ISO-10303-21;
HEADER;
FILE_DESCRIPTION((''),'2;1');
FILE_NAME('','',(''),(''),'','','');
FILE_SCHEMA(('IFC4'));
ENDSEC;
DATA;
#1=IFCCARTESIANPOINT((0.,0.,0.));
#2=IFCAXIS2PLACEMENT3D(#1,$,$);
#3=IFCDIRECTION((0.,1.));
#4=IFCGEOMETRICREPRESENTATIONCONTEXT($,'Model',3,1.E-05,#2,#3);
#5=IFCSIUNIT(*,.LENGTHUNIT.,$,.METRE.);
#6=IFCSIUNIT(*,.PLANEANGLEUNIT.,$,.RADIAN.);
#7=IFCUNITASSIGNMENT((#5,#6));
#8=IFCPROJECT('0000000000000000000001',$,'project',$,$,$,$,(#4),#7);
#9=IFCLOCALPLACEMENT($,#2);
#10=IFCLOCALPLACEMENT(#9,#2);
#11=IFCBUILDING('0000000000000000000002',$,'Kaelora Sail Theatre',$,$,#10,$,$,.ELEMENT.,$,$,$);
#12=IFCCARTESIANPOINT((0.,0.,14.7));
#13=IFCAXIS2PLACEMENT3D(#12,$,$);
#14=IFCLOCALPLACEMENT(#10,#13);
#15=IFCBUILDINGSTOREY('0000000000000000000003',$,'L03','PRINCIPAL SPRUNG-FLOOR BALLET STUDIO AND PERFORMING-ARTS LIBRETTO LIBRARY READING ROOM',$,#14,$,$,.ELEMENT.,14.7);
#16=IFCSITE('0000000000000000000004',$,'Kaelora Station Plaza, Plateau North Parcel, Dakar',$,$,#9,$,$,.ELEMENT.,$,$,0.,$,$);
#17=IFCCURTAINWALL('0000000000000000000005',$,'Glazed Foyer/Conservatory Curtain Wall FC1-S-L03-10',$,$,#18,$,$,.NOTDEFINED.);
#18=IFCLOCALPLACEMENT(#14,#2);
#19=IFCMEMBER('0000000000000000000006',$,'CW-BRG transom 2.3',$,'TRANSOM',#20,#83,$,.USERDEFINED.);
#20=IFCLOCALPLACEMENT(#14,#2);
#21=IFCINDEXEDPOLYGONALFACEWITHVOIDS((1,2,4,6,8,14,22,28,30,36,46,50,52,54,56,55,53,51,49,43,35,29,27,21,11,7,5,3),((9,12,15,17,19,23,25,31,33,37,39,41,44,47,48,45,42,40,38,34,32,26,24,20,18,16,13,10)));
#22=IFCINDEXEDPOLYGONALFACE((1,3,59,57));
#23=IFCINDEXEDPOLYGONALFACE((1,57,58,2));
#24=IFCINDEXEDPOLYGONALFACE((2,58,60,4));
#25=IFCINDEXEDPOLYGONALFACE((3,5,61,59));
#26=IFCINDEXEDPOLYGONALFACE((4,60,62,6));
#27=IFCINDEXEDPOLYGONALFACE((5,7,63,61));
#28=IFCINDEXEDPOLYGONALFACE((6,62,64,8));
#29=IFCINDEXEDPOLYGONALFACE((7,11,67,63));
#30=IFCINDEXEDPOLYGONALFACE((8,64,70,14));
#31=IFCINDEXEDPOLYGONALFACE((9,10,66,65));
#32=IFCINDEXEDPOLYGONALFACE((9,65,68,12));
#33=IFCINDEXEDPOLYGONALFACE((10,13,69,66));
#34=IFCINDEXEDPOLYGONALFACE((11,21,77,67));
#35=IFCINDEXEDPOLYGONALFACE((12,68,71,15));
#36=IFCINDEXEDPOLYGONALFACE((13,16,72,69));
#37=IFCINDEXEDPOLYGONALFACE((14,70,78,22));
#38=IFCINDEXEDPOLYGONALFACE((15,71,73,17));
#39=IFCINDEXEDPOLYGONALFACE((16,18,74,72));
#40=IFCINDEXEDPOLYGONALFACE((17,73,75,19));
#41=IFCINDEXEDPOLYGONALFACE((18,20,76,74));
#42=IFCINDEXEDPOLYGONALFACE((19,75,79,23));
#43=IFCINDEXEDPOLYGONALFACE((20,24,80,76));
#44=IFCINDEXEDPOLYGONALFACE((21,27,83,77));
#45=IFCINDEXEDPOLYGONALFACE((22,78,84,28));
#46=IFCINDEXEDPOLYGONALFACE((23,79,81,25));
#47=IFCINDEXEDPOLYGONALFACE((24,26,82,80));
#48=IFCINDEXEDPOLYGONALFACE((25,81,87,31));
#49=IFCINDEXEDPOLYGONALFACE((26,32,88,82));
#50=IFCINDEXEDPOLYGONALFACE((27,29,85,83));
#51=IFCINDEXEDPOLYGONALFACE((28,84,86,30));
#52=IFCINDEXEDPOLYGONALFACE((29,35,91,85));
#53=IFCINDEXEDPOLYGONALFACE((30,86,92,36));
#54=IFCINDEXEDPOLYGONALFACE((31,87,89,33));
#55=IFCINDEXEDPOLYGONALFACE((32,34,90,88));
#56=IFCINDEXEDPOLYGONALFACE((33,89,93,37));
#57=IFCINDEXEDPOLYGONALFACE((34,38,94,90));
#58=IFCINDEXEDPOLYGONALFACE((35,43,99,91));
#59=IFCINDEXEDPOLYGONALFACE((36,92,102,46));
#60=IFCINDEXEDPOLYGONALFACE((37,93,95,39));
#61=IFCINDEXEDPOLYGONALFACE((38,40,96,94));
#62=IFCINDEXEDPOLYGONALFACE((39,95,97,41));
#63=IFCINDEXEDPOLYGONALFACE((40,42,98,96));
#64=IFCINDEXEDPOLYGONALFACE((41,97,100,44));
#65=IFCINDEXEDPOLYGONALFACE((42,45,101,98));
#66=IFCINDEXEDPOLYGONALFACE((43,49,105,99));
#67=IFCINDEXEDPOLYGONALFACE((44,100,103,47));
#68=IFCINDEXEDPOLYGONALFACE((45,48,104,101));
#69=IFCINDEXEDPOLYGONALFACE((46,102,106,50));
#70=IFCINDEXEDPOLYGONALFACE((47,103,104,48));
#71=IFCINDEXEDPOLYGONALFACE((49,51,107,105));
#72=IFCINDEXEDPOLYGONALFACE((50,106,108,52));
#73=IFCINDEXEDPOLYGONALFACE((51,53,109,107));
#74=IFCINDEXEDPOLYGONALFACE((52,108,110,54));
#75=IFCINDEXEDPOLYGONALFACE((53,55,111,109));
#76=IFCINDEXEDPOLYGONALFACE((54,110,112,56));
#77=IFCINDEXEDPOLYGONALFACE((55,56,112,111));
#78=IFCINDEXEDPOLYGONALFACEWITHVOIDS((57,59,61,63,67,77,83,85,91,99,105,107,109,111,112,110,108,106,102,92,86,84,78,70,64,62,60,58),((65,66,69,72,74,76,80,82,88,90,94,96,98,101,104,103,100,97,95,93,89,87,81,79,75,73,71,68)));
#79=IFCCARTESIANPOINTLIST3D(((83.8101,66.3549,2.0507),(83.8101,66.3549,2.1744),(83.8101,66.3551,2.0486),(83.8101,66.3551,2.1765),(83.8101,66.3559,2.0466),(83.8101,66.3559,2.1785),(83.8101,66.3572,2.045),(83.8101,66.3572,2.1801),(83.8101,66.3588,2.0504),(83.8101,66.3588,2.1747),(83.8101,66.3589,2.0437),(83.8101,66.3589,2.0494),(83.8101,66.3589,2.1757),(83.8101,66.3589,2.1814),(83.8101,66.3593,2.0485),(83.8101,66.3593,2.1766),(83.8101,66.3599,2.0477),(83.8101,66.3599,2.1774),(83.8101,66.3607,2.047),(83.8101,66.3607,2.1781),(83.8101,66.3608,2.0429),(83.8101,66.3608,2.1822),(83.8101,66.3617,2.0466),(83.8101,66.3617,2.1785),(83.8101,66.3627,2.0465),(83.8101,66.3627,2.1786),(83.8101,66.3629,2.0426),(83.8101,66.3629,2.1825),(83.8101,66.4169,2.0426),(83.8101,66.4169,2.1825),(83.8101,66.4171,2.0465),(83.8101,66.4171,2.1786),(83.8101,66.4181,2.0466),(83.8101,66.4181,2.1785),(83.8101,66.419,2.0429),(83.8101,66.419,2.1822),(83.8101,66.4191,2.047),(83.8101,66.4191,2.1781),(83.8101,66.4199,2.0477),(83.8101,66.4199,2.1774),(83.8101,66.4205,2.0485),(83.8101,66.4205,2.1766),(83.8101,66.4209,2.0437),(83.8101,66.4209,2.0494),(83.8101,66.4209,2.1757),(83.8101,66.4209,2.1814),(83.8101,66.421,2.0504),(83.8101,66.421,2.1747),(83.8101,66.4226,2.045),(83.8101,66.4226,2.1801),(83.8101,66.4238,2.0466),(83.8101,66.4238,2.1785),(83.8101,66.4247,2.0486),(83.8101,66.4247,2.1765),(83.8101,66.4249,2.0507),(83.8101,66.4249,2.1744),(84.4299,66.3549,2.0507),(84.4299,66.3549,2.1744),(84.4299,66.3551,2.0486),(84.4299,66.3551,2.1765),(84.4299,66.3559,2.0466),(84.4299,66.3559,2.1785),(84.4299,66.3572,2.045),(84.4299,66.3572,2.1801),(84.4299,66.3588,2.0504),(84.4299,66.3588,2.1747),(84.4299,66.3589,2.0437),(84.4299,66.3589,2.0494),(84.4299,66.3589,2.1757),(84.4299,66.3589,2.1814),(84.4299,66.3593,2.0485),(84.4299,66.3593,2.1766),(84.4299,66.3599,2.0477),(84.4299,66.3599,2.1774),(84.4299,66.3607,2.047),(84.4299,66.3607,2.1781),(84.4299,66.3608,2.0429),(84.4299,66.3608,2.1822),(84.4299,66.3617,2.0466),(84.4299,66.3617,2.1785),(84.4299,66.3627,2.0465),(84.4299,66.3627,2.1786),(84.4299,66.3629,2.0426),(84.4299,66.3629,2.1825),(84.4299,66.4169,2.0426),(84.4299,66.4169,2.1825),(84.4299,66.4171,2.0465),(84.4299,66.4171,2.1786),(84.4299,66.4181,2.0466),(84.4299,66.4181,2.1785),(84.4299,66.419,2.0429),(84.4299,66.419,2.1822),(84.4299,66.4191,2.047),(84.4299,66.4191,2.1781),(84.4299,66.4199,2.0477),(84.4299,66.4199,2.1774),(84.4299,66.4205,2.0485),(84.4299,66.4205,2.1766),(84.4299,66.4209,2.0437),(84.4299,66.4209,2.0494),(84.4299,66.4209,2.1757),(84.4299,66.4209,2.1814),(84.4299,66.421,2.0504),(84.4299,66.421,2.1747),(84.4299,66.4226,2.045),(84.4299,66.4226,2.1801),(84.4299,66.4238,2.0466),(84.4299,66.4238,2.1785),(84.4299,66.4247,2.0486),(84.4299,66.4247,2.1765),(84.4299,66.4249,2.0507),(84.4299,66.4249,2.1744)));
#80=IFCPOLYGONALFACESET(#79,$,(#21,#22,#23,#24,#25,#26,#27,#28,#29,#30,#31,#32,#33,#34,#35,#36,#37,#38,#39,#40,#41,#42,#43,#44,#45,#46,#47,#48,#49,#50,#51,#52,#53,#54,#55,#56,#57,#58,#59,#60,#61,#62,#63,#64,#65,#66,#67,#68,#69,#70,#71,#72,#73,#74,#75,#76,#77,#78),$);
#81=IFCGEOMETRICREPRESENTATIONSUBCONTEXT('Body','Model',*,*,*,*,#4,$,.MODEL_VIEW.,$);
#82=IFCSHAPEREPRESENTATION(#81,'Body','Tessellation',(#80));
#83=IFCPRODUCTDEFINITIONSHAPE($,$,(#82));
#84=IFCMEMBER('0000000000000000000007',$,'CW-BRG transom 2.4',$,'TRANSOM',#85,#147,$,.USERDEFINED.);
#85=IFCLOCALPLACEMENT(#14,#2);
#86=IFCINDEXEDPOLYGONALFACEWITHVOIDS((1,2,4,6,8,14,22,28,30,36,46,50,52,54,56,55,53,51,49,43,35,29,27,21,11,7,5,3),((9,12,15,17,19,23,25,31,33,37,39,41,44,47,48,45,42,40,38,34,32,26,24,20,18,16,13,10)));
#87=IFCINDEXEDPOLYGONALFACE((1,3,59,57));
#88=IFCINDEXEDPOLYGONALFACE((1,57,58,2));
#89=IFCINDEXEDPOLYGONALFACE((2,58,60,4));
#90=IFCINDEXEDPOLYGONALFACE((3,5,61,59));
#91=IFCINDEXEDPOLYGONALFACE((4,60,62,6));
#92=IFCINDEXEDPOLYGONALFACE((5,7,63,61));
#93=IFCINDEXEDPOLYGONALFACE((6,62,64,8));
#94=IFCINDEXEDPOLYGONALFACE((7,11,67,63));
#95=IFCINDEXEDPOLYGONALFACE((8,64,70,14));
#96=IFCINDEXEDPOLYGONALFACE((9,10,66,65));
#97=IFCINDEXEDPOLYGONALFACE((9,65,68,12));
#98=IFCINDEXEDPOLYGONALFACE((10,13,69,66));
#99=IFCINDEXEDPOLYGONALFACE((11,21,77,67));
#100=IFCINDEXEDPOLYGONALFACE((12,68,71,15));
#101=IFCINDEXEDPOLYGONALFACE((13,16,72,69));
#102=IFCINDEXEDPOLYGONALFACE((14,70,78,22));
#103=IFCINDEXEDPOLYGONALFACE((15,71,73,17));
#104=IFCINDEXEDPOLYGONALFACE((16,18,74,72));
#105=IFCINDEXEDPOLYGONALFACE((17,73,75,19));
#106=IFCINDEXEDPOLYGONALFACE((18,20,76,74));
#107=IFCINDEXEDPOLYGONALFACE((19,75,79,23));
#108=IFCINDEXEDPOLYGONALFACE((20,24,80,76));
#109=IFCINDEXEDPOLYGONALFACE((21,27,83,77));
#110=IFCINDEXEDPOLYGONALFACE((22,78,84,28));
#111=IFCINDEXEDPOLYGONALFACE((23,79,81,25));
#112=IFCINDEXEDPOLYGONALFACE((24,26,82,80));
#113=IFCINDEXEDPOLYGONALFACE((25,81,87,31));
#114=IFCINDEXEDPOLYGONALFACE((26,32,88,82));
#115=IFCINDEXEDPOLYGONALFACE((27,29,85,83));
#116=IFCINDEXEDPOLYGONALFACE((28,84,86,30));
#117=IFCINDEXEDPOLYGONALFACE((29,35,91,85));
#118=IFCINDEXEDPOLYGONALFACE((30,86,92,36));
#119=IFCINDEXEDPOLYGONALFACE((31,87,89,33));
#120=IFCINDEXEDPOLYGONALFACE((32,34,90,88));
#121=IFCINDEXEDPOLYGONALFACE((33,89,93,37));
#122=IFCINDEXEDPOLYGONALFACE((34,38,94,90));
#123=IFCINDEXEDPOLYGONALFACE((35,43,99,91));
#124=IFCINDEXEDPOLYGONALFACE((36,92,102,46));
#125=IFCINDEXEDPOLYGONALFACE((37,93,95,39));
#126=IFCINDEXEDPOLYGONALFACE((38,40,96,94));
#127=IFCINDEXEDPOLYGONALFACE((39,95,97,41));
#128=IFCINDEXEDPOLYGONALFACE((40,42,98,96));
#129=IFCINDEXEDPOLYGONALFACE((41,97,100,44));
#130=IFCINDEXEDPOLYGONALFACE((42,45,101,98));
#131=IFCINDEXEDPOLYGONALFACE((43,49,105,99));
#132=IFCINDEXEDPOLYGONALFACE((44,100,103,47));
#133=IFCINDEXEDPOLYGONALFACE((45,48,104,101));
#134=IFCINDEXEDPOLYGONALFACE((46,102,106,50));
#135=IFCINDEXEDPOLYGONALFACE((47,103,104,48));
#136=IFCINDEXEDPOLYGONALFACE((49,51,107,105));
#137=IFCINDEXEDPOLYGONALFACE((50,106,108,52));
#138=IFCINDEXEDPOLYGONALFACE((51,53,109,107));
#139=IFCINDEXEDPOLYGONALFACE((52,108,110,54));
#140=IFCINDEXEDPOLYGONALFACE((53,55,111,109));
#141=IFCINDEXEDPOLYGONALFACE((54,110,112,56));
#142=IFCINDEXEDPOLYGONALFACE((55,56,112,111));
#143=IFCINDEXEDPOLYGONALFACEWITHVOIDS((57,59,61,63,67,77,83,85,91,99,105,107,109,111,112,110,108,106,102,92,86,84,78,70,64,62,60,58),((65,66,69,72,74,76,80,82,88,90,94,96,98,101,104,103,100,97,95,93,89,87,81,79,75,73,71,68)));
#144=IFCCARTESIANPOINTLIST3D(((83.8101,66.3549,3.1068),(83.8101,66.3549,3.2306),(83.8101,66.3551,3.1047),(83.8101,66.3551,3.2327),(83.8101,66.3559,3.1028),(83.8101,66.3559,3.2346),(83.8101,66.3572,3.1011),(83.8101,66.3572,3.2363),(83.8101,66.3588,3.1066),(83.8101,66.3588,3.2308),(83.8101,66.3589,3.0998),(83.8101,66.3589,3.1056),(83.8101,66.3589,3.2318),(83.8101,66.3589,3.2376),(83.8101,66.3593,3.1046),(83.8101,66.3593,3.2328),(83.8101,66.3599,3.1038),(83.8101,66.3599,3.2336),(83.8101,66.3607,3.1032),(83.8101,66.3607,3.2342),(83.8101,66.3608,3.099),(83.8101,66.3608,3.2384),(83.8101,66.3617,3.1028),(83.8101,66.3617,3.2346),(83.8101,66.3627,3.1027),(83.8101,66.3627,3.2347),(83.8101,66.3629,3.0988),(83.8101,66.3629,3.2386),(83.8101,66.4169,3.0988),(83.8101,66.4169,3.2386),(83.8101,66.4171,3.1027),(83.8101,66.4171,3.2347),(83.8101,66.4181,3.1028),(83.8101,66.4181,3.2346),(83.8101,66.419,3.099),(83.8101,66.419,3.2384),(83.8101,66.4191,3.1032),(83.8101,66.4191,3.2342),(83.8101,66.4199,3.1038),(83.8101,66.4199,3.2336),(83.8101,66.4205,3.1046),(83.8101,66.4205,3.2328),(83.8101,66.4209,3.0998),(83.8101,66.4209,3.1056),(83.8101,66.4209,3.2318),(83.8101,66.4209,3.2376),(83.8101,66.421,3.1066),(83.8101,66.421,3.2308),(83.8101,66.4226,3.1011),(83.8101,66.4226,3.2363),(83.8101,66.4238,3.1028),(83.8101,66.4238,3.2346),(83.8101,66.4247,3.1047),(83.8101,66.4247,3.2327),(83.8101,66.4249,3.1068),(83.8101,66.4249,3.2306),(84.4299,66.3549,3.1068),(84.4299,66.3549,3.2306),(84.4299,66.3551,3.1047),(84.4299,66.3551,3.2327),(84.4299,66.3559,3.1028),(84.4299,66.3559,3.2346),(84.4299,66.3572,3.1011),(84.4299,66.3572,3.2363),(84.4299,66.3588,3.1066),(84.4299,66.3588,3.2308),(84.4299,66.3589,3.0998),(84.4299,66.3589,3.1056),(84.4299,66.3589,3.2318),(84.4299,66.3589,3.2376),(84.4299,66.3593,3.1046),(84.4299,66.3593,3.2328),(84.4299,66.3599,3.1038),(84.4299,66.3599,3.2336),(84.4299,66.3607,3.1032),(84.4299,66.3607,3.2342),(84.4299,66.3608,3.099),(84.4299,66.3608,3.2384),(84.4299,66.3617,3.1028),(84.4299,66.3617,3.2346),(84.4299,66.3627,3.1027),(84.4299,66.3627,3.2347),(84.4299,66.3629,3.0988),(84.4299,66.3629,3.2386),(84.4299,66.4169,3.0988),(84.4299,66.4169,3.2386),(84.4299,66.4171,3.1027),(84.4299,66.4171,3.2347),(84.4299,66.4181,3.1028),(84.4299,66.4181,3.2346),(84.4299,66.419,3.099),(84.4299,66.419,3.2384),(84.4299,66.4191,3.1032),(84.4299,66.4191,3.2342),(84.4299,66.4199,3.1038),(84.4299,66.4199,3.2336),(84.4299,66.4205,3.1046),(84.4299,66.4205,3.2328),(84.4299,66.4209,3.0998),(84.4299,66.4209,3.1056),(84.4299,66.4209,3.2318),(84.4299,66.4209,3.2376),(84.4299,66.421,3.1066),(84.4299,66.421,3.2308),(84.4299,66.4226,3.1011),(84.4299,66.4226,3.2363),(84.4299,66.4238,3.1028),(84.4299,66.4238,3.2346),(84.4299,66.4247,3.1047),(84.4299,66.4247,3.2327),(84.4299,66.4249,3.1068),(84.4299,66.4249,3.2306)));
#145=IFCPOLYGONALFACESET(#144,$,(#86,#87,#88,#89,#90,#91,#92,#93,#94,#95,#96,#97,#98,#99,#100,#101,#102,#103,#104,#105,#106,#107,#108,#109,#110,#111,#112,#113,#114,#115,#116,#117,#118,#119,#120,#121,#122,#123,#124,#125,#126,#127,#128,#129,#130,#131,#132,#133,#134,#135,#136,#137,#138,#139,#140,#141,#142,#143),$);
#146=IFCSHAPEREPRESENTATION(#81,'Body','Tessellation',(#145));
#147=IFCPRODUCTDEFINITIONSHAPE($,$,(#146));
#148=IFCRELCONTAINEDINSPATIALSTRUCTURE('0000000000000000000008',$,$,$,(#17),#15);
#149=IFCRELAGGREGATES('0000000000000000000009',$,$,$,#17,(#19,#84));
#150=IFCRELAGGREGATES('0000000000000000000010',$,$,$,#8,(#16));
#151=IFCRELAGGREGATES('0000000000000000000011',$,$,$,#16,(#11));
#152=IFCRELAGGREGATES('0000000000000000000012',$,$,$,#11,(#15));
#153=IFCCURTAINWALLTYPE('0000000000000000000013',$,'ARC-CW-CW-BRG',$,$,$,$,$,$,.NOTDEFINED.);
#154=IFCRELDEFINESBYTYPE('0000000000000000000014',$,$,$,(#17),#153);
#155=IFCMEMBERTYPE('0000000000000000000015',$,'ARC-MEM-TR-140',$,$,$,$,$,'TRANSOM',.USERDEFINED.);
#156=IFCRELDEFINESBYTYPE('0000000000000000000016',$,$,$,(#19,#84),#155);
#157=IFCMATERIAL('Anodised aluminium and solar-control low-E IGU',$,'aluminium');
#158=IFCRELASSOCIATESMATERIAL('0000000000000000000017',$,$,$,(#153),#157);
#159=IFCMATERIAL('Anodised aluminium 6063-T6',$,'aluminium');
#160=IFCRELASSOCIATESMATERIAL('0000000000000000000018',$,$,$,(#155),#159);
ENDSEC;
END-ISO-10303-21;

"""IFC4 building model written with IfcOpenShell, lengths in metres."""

from ifc_helpers import new_model, si_unit, direction, frame, origin, origin_2d, place, context, subcontext, project, spatial, hollow_rectangle, extrude, material, material_profile, profile_set, type_object, element, aggregate, save


model = new_model("IFC4")

# Units and contexts
model_context = context("Model", 3, precision=1e-05, world=origin(), true_north=direction((0.0, 1.0)))
body_context = subcontext(model_context, "Body", "Model", "MODEL_VIEW")
ifc_project = project(units=[si_unit("LENGTHUNIT", "METRE"), si_unit("PLANEANGLEUNIT", "RADIAN")], contexts=[model_context])

# Site, building, storey
site_placement = place(None, origin())
site = spatial("IfcSite", under=ifc_project, at=site_placement, Name="Kaelora Station Plaza, Plateau North Parcel, Dakar", CompositionType="ELEMENT", RefElevation=0.0)
building_placement = place(site_placement, origin())
building = spatial("IfcBuilding", under=site, at=building_placement, Name="Kaelora Sail Theatre", CompositionType="ELEMENT")
storey_placement = place(building_placement, frame((0.0, 0.0, 14.7)))
storey = spatial("IfcBuildingStorey", under=building, at=storey_placement, Name="L03", Description="PRINCIPAL SPRUNG-FLOOR BALLET STUDIO AND PERFORMING-ARTS LIBRETTO LIBRARY READING ROOM", CompositionType="ELEMENT", Elevation=14.7)

# Shared definitions
ifc_material_1 = material(Name="Anodised aluminium and solar-control low-E IGU", Category="aluminium")
curtain_wall_type = type_object("IfcCurtainWallType", Name="ARC-CW-CW-BRG", PredefinedType="NOTDEFINED", material=ifc_material_1)

# Curtain wall
curtain_wall_1_placement = place(storey_placement, origin())
curtain_wall_1 = element("IfcCurtainWall", 1, at=curtain_wall_1_placement, inside=storey, type_object=curtain_wall_type, Name="Glazed Foyer/Conservatory Curtain Wall FC1-S-L03-10", PredefinedType="NOTDEFINED")

# Members
ifc_material_2 = material(Name="Anodised aluminium 6063-T6", Category="aluminium")
ifc_material_profile_1 = material_profile(ifc_material_2, hollow_rectangle(XDim=0.0701, YDim=0.1399, WallThickness=0.0039, InnerFilletRadius=0.0039, OuterFilletRadius=0.0081, at=origin_2d()), Name="ALU-TRAN 70x140x4")
ifc_profile_set_1 = profile_set([ifc_material_profile_1], Name="Anodised aluminium 6063-T6")
member_type_1 = type_object("IfcMemberType", Name="ARC-MEM-TR-140", ElementType="TRANSOM", PredefinedType="USERDEFINED", material=ifc_profile_set_1)
member_1_placement = place(storey_placement, frame((83.8101, 66.3899, 2.1125), z_axis=(1.0, 0.0, 0.0), x_axis=(0.0, 1.0, 0.0)))
member_1 = element("IfcMember", 2, at=member_1_placement, type_object=member_type_1, Name="CW-BRG transom 2.3", ObjectType="TRANSOM", PredefinedType="USERDEFINED", context=body_context, shape_type="SweptSolid", body=[
    extrude(hollow_rectangle(XDim=0.0701, YDim=0.1399, WallThickness=0.0039, InnerFilletRadius=0.0039, OuterFilletRadius=0.0081, at=origin_2d()), origin(), (0.0, 0.0, 1.0), 0.6199),
])
member_2_placement = place(storey_placement, frame((83.8101, 66.3899, 3.1687), z_axis=(1.0, 0.0, 0.0), x_axis=(0.0, 1.0, 0.0)))
member_2 = element("IfcMember", 3, at=member_2_placement, type_object=member_type_1, Name="CW-BRG transom 2.4", ObjectType="TRANSOM", PredefinedType="USERDEFINED", context=body_context, shape_type="SweptSolid", body=[
    extrude(hollow_rectangle(XDim=0.0701, YDim=0.1399, WallThickness=0.0039, InnerFilletRadius=0.0039, OuterFilletRadius=0.0081, at=origin_2d()), origin(), (0.0, 0.0, 1.0), 0.6199),
])

aggregate(curtain_wall_1, [member_1, member_2])

save(model, "model.ifc")
